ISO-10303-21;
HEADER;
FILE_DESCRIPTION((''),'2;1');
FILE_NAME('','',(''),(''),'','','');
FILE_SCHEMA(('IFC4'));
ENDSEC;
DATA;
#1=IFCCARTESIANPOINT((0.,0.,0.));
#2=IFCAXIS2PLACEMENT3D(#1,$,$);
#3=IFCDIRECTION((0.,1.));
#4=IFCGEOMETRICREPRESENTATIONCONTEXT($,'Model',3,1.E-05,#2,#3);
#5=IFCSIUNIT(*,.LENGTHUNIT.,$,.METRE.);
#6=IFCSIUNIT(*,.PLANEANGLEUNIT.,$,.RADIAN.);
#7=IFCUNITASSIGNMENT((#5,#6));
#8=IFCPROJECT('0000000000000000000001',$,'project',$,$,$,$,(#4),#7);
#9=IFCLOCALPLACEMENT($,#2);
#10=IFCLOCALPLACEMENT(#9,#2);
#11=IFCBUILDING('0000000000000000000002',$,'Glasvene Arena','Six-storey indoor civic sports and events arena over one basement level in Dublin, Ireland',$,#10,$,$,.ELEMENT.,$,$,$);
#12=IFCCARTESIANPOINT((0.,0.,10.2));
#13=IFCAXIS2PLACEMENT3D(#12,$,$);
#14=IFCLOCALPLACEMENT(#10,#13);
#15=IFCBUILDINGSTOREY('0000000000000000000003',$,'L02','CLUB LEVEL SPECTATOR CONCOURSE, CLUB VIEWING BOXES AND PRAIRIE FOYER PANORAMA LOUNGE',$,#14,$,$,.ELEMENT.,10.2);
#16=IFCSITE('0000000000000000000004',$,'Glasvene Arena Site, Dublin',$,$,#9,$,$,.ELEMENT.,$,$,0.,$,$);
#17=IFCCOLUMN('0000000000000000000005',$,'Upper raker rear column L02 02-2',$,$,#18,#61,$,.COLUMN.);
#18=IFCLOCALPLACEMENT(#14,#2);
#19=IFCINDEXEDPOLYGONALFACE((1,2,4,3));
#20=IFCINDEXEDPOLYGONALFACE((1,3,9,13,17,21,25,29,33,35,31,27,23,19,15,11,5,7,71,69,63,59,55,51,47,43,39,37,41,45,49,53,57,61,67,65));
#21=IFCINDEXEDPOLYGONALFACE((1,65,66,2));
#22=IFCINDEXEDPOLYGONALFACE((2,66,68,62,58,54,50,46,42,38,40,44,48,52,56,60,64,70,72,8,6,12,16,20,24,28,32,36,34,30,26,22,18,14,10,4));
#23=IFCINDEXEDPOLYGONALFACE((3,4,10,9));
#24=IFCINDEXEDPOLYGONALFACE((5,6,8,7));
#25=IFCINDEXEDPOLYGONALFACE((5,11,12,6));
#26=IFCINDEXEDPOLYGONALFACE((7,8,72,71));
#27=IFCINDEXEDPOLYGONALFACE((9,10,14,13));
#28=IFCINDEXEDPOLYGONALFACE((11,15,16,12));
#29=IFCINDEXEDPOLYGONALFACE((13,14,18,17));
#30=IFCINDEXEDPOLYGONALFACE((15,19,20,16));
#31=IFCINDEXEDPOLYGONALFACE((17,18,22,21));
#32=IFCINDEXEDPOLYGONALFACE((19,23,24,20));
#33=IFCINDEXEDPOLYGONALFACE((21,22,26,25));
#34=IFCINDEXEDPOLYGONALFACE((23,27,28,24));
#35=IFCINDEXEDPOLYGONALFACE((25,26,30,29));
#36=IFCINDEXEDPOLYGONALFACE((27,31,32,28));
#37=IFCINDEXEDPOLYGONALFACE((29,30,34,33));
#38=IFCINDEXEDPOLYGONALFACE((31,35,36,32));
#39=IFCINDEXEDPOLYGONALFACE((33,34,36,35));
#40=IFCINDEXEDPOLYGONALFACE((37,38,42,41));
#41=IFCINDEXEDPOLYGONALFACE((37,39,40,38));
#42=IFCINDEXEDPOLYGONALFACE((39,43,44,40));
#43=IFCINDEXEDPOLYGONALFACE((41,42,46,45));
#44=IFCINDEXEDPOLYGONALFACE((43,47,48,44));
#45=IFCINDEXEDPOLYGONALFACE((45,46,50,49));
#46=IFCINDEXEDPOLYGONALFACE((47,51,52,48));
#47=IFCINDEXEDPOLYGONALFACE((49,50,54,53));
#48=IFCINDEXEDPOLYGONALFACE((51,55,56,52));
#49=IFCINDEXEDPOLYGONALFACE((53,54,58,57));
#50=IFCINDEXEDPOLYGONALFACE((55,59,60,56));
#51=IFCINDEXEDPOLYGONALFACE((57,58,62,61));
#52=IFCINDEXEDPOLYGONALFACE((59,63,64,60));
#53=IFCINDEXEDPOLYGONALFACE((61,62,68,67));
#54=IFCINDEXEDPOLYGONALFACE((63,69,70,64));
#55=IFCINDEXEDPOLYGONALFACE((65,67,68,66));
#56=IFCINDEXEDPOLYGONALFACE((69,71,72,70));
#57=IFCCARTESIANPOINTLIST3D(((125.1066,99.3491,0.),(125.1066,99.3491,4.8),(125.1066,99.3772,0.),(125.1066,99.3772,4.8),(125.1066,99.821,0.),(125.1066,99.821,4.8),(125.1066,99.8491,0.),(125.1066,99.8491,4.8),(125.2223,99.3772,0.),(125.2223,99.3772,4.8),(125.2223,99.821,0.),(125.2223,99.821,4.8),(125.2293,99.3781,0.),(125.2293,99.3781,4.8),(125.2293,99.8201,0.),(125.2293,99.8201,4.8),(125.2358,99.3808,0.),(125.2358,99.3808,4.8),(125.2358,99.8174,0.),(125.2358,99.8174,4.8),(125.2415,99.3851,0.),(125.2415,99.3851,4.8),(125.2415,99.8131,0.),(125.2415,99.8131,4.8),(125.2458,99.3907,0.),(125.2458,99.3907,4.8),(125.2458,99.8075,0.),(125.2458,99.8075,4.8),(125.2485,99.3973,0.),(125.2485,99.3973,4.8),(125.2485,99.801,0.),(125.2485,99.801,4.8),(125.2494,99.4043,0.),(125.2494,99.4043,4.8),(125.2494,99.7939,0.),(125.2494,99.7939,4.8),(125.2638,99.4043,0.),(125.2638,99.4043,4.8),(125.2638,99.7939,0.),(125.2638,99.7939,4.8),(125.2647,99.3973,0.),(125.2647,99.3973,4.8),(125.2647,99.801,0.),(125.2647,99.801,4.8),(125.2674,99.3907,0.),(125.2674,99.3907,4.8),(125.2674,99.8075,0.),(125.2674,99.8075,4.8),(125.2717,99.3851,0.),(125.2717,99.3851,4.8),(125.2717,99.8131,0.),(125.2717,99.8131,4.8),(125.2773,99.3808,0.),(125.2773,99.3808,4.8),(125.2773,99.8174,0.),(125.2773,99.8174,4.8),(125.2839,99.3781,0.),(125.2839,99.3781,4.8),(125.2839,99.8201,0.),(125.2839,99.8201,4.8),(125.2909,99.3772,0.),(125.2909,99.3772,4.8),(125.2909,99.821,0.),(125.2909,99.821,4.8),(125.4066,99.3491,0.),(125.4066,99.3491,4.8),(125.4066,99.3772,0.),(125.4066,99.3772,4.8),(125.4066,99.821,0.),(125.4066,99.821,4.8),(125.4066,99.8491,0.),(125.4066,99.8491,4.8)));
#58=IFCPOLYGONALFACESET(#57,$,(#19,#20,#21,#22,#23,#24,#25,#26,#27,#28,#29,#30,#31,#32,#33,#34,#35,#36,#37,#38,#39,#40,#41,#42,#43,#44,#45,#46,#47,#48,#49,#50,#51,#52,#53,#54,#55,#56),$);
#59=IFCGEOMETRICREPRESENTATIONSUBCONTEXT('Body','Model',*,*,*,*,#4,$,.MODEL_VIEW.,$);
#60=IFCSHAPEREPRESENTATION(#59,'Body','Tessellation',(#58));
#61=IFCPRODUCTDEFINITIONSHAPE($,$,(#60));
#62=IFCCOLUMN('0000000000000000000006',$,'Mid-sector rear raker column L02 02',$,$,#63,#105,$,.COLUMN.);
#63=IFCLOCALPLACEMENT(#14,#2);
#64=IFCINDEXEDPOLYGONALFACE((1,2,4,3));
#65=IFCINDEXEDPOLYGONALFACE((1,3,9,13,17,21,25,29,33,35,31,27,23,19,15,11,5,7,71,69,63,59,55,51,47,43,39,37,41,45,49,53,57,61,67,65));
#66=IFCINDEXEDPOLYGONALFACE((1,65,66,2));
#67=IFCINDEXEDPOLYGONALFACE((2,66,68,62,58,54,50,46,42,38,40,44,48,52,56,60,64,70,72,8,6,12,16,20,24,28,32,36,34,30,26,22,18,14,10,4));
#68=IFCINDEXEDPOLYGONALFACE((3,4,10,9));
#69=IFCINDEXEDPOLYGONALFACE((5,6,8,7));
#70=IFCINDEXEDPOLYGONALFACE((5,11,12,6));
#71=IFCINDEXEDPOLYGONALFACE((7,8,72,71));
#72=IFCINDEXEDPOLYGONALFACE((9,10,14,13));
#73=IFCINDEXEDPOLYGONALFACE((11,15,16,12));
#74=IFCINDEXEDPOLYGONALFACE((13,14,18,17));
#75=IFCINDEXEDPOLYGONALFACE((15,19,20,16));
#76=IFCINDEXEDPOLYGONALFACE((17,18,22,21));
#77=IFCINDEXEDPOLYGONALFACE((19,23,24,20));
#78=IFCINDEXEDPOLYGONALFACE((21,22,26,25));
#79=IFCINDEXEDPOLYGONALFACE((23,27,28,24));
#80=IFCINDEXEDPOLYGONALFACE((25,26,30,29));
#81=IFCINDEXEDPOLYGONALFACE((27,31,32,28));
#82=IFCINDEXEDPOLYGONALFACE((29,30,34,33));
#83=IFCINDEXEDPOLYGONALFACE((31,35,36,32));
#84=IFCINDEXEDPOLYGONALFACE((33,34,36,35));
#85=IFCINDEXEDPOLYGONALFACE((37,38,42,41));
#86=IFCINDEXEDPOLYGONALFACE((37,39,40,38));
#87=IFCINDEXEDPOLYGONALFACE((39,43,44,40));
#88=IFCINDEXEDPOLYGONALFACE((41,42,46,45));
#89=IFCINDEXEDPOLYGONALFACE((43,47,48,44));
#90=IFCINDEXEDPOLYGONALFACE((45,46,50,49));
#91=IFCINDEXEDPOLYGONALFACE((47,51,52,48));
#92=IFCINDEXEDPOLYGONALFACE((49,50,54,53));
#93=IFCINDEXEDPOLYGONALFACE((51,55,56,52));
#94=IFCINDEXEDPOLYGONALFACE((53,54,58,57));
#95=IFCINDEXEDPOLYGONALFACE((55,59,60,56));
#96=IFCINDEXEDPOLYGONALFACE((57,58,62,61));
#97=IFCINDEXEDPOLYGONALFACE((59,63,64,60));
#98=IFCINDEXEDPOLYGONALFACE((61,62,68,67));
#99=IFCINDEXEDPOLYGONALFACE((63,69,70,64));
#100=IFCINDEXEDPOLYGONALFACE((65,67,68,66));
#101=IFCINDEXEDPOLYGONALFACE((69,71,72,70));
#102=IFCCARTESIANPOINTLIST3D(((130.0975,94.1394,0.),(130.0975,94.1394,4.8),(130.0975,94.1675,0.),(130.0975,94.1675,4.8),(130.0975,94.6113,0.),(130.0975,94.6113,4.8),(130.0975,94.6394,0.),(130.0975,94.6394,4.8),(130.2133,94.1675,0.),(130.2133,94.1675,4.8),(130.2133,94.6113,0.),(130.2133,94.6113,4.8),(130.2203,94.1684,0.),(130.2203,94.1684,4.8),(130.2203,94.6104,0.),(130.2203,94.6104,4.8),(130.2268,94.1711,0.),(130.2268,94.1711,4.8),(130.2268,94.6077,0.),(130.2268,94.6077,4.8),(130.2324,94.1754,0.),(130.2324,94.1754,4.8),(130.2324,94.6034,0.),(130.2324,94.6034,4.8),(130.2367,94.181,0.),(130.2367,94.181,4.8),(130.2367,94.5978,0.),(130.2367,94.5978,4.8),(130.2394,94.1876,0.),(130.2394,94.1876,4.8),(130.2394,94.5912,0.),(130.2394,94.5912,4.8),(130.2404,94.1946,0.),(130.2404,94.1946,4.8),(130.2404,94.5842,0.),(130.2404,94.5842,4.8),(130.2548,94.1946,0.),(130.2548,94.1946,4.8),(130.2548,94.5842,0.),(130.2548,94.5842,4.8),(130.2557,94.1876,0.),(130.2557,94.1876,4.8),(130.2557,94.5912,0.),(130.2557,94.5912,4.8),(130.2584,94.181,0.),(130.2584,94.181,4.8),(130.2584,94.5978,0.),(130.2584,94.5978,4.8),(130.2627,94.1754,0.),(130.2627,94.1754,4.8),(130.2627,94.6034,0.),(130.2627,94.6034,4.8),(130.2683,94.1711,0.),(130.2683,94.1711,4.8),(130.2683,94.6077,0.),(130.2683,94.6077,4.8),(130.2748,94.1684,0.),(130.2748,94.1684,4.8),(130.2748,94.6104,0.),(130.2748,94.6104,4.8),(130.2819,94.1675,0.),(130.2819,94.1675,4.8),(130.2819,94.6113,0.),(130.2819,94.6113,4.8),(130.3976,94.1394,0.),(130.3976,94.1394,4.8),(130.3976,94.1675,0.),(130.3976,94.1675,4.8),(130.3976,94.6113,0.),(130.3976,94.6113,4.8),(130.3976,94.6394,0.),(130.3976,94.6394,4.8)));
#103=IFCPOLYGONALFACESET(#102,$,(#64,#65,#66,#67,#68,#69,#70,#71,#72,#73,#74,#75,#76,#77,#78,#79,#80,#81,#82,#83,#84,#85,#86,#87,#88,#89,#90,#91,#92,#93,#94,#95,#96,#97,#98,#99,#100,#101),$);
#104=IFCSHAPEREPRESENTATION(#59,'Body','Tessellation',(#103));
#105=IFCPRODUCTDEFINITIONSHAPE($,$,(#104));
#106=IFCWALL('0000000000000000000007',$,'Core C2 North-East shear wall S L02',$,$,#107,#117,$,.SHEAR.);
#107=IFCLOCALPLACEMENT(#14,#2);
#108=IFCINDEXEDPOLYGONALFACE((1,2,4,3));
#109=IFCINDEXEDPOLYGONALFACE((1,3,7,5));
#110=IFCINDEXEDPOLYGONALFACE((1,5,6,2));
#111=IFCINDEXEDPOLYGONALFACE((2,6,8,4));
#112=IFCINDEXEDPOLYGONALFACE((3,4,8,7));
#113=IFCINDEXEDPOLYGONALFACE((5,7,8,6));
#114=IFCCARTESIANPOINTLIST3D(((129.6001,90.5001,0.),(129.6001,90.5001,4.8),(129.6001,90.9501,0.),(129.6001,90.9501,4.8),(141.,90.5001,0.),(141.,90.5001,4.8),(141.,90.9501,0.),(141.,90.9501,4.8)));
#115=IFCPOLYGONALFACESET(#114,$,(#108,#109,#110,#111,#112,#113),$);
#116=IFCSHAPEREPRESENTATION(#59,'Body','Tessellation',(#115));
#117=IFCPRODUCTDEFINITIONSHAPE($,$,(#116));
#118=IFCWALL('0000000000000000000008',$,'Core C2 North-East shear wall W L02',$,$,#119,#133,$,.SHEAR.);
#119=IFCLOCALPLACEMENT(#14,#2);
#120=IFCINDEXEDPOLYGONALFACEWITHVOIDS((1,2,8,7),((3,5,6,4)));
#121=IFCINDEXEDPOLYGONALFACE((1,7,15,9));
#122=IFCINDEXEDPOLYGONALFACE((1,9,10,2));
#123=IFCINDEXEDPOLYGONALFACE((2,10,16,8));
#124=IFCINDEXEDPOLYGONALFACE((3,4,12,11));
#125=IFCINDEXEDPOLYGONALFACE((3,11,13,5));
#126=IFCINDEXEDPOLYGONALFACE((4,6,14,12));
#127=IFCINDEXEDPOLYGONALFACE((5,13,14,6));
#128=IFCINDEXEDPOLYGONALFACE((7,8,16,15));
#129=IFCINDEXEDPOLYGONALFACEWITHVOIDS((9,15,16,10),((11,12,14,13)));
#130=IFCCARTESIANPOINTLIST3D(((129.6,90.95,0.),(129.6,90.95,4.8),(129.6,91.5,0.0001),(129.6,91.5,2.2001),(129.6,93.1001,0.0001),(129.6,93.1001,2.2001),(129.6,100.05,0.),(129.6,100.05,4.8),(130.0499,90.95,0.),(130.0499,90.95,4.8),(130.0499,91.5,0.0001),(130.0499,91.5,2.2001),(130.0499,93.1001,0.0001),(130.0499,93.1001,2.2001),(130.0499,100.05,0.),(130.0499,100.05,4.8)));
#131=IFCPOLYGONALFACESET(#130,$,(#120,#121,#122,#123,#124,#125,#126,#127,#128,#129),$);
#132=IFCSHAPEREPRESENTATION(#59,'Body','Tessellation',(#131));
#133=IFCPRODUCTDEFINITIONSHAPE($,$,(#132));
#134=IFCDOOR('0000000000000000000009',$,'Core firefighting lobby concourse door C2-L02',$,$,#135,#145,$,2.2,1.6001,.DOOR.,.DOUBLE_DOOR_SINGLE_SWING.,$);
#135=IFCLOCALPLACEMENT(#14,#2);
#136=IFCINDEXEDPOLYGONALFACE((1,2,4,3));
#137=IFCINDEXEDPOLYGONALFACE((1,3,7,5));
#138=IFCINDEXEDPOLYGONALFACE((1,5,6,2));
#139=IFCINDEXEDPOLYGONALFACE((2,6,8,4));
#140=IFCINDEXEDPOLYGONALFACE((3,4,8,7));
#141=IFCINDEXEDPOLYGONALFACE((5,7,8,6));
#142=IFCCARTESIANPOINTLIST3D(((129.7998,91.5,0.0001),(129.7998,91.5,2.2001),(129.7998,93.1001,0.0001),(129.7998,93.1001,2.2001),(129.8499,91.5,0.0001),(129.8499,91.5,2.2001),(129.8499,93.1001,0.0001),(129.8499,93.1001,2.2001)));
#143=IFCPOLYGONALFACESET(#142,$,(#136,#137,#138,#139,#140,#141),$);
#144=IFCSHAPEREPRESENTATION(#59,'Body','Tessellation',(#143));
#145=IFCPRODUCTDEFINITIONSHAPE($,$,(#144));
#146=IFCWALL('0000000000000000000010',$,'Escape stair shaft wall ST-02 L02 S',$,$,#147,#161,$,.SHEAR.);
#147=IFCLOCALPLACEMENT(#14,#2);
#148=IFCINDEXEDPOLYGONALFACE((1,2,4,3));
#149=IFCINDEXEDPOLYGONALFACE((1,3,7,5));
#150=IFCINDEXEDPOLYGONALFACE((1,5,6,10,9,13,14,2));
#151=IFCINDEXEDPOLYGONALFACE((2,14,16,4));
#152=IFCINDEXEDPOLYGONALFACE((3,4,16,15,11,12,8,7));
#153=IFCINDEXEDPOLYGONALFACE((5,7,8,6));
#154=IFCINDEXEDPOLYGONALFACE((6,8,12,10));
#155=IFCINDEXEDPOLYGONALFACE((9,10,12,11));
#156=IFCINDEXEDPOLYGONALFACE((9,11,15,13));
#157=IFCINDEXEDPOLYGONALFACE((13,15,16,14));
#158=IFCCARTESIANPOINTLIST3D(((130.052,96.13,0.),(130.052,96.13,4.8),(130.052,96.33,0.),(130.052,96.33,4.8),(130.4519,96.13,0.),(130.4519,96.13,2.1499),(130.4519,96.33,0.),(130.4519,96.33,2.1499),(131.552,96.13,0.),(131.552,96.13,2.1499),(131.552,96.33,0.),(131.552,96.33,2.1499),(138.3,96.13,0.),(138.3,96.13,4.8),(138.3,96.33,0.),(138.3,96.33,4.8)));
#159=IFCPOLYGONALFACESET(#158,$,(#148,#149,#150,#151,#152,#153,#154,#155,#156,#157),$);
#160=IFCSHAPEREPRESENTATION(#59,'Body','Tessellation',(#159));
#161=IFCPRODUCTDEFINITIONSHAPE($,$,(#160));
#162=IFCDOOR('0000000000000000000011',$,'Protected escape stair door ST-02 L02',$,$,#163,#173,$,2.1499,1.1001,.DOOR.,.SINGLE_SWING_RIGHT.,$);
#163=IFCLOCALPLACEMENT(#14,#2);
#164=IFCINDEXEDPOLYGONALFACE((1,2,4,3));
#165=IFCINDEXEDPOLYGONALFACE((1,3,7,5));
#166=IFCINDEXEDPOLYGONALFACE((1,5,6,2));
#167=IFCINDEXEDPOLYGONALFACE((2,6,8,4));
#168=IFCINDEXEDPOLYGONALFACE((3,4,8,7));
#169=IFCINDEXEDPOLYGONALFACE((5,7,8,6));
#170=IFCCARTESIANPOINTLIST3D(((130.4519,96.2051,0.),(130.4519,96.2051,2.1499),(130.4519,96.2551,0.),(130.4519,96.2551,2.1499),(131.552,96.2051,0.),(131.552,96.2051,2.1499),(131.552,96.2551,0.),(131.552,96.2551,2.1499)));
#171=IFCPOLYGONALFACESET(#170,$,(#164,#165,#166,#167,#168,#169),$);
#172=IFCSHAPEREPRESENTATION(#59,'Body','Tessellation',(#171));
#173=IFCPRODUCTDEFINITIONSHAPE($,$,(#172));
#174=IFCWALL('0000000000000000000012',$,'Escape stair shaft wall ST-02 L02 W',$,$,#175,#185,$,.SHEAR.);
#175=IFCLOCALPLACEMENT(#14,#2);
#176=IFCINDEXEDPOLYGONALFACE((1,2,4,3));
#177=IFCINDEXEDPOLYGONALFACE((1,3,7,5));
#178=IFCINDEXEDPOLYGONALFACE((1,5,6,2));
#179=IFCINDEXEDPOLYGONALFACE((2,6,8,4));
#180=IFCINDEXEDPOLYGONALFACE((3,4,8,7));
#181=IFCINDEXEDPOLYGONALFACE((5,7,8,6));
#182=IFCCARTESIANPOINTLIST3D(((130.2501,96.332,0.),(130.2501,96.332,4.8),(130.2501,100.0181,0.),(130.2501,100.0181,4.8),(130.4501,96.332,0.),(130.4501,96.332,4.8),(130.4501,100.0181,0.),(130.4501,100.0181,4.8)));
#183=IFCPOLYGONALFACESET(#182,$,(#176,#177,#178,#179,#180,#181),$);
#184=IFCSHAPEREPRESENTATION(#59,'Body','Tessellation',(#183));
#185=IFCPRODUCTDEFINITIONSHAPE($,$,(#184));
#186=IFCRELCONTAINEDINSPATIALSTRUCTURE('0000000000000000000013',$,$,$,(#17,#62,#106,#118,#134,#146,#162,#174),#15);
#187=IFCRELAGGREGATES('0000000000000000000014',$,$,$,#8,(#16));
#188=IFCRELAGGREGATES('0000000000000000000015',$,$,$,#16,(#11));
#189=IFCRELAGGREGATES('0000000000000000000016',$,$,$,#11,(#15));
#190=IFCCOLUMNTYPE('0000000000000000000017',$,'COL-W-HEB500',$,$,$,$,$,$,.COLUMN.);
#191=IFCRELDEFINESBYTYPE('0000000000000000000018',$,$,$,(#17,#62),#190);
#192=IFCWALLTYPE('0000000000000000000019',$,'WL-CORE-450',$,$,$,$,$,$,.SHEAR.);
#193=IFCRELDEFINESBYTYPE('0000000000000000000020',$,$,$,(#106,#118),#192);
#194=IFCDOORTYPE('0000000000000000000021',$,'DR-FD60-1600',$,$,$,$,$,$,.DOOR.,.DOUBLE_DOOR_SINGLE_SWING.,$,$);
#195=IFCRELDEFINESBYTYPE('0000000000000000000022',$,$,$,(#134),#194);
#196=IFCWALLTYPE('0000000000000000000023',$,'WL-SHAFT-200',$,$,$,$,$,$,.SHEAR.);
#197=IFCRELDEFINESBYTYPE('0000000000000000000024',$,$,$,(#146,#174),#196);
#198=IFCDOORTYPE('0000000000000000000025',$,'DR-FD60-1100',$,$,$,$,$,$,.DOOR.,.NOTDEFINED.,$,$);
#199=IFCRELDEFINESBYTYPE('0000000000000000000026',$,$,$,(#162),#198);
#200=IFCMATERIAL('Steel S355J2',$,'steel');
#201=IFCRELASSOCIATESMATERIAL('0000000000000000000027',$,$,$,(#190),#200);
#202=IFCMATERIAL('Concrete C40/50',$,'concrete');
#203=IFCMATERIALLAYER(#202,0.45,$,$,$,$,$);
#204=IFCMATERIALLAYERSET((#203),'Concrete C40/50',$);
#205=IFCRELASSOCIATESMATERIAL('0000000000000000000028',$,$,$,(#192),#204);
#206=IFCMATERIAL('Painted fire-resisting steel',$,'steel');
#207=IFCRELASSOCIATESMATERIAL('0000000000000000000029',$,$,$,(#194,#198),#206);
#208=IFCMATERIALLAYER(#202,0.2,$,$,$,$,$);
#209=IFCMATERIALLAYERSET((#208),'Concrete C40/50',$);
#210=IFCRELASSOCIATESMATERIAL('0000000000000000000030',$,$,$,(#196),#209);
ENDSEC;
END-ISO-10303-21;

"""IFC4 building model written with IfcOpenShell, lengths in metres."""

from ifc_helpers import new_model, si_unit, direction, frame, frame_2d, origin, origin_2d, place, context, subcontext, project, spatial, rectangle, i_section, extrude, material, layer, layer_set, material_profile, profile_set, type_object, element, fill, save


model = new_model("IFC4")

# Units and contexts
model_context = context("Model", 3, precision=1e-05, world=origin(), true_north=direction((0.0, 1.0)))
body_context = subcontext(model_context, "Body", "Model", "MODEL_VIEW")
ifc_project = project(units=[si_unit("LENGTHUNIT", "METRE"), si_unit("PLANEANGLEUNIT", "RADIAN")], contexts=[model_context])

# Site, building, storey
site_placement = place(None, origin())
site = spatial("IfcSite", under=ifc_project, at=site_placement, Name="Glasvene Arena Site, Dublin", CompositionType="ELEMENT", RefElevation=0.0)
building_placement = place(site_placement, origin())
building = spatial("IfcBuilding", under=site, at=building_placement, Name="Glasvene Arena", Description="Six-storey indoor civic sports and events arena over one basement level in Dublin, Ireland", CompositionType="ELEMENT")
storey_placement = place(building_placement, frame((0.0, 0.0, 10.2)))
storey = spatial("IfcBuildingStorey", under=building, at=storey_placement, Name="L02", Description="CLUB LEVEL SPECTATOR CONCOURSE, CLUB VIEWING BOXES AND PRAIRIE FOYER PANORAMA LOUNGE", CompositionType="ELEMENT", Elevation=10.2)

# Columns
ifc_material_1 = material(Name="Concrete C40/50", Category="concrete")
ifc_material_2 = material(Name="Steel S355J2", Category="steel")
ifc_material_profile_1 = material_profile(ifc_material_2, i_section(OverallWidth=0.3, OverallDepth=0.5, WebThickness=0.0144, FlangeThickness=0.0281, FilletRadius=0.0271, at=origin_2d()), Name="HEB 500")
ifc_profile_set_1 = profile_set([ifc_material_profile_1], Name="Steel S355J2")
column_type_1 = type_object("IfcColumnType", Name="COL-W-HEB500", PredefinedType="COLUMN", material=ifc_profile_set_1)
for number, where, z_axis, x_axis, name in (
    (1, (125.2566, 99.5991, 0.0), (0.0, 0.0, 1.0), (1.0, 0.0, 0.0), "Upper raker rear column L02 02-2"),
    (2, (130.2476, 94.3894, 0.0), (0.0, 0.0, 1.0), (1.0, 0.0, 0.0), "Mid-sector rear raker column L02 02"),
):
    element("IfcColumn", number, at=place(storey_placement, frame(where, z_axis=z_axis, x_axis=x_axis)), inside=storey, type_object=column_type_1, Name=name, PredefinedType="COLUMN", context=body_context, shape_type="SweptSolid", body=[
        extrude(i_section(OverallWidth=0.3, OverallDepth=0.5, WebThickness=0.0144, FlangeThickness=0.0281, FilletRadius=0.0271, at=origin_2d()), origin(), (0.0, 0.0, 1.0), 4.8),
    ])

# Wall
ifc_layer_1 = layer(ifc_material_1, 0.45)
ifc_layer_set_1 = layer_set([ifc_layer_1], Name="Concrete C40/50")
wall_type_1 = type_object("IfcWallType", Name="WL-CORE-450", PredefinedType="SHEAR", material=ifc_layer_set_1)
wall_1_placement = place(storey_placement, frame((129.6001, 90.7251, 0.0), z_axis=(0.0, 0.0, 1.0), x_axis=(1.0, 0.0, 0.0)))
element("IfcWall", 3, at=wall_1_placement, inside=storey, type_object=wall_type_1, Name="Core C2 North-East shear wall S L02", PredefinedType="SHEAR", context=body_context, shape_type="SweptSolid", body=[
    extrude(rectangle(XDim=11.3999, YDim=0.45, at=frame_2d((5.7, 0.0))), origin(), (0.0, 0.0, 1.0), 4.8),
])

# Walls, openings, doors
wall_2_placement = place(storey_placement, frame((129.825, 90.95, 0.0), z_axis=(0.0, 0.0, 1.0), x_axis=(0.0, 1.0, 0.0)))
wall_2 = element("IfcWall", 4, at=wall_2_placement, inside=storey, type_object=wall_type_1, Name="Core C2 North-East shear wall W L02", PredefinedType="SHEAR", context=body_context, shape_type="SweptSolid", body=[
    extrude(rectangle(XDim=9.1001, YDim=0.45, at=frame_2d((4.55, 0.0))), origin(), (0.0, 0.0, 1.0), 4.8),
])
opening_1_placement = place(wall_2_placement, frame((0.55, 0.0, 0.0)))
opening_1 = element("IfcOpeningElement", 5, at=opening_1_placement, cuts=wall_2, PredefinedType="OPENING", context=body_context, shape_type="SweptSolid", body=[
    extrude(rectangle(XDim=1.6001, YDim=2.2, at=frame_2d((0.8, 1.1001))), frame((0.0, 0.2349, 0.0), z_axis=(0.0, -1.0, 0.0), x_axis=(1.0, 0.0, 0.0)), (0.0, 0.0, 1.0), 0.47),
])
ifc_material_3 = material(Name="Painted fire-resisting steel", Category="steel")
door_type_1 = type_object("IfcDoorType", Name="DR-FD60-1600", OperationType="DOUBLE_DOOR_SINGLE_SWING", PredefinedType="DOOR", material=ifc_material_3)
door_1_placement = place(opening_1_placement, frame((1.6001, 0.0, 0.0), z_axis=(0.0, 0.0, 1.0), x_axis=(-1.0, 0.0, 0.0)))
door_1 = element("IfcDoor", 6, at=door_1_placement, inside=storey, type_object=door_type_1, Name="Core firefighting lobby concourse door C2-L02", OperationType="DOUBLE_DOOR_SINGLE_SWING", OverallHeight=2.2, OverallWidth=1.6001, PredefinedType="DOOR", context=body_context, shape_type="SweptSolid", body=[
    extrude(rectangle(XDim=1.6001, YDim=2.2, at=frame_2d((0.8, 1.1001))), frame((0.0, 0.0249, 0.0), z_axis=(0.0, -1.0, 0.0), x_axis=(1.0, 0.0, 0.0)), (0.0, 0.0, 1.0), 0.05),
])
fill(opening_1, door_1)
ifc_layer_2 = layer(ifc_material_1, 0.2)
ifc_layer_set_2 = layer_set([ifc_layer_2], Name="Concrete C40/50")
wall_type_2 = type_object("IfcWallType", Name="WL-SHAFT-200", PredefinedType="SHEAR", material=ifc_layer_set_2)
wall_3_placement = place(storey_placement, frame((130.052, 96.23, 0.0), z_axis=(0.0, 0.0, 1.0), x_axis=(1.0, 0.0, 0.0)))
wall_3 = element("IfcWall", 7, at=wall_3_placement, inside=storey, type_object=wall_type_2, Name="Escape stair shaft wall ST-02 L02 S", PredefinedType="SHEAR", context=body_context, shape_type="SweptSolid", body=[
    extrude(rectangle(XDim=8.248, YDim=0.2, at=frame_2d((4.124, 0.0))), origin(), (0.0, 0.0, 1.0), 4.8),
])
opening_2_placement = place(wall_3_placement, frame((0.3999, 0.0, 0.0)))
opening_2 = element("IfcOpeningElement", 8, at=opening_2_placement, cuts=wall_3, PredefinedType="OPENING", context=body_context, shape_type="SweptSolid", body=[
    extrude(rectangle(XDim=1.1001, YDim=2.1499, at=frame_2d((0.55, 1.075))), frame((0.0, 0.1099, 0.0), z_axis=(0.0, -1.0, 0.0), x_axis=(1.0, 0.0, 0.0)), (0.0, 0.0, 1.0), 0.22),
])
door_type_2 = type_object("IfcDoorType", Name="DR-FD60-1100", OperationType="NOTDEFINED", PredefinedType="DOOR", material=ifc_material_3)
door_2_placement = place(opening_2_placement, frame((1.1001, 0.0, 0.0), z_axis=(0.0, 0.0, 1.0), x_axis=(-1.0, 0.0, 0.0)))
door_2 = element("IfcDoor", 9, at=door_2_placement, inside=storey, type_object=door_type_2, Name="Protected escape stair door ST-02 L02", OperationType="SINGLE_SWING_RIGHT", OverallHeight=2.1499, OverallWidth=1.1001, PredefinedType="DOOR", context=body_context, shape_type="SweptSolid", body=[
    extrude(rectangle(XDim=1.1001, YDim=2.1499, at=frame_2d((0.55, 1.075))), frame((0.0, 0.0249, 0.0), z_axis=(0.0, -1.0, 0.0), x_axis=(1.0, 0.0, 0.0)), (0.0, 0.0, 1.0), 0.05),
])
fill(opening_2, door_2)

# Wall
wall_4_placement = place(storey_placement, frame((130.3501, 96.332, 0.0), z_axis=(0.0, 0.0, 1.0), x_axis=(0.0, 1.0, 0.0)))
element("IfcWall", 10, at=wall_4_placement, inside=storey, type_object=wall_type_2, Name="Escape stair shaft wall ST-02 L02 W", PredefinedType="SHEAR", context=body_context, shape_type="SweptSolid", body=[
    extrude(rectangle(XDim=3.686, YDim=0.2, at=frame_2d((1.843, 0.0))), origin(), (0.0, 0.0, 1.0), 4.8),
])

save(model, "model.ifc")
